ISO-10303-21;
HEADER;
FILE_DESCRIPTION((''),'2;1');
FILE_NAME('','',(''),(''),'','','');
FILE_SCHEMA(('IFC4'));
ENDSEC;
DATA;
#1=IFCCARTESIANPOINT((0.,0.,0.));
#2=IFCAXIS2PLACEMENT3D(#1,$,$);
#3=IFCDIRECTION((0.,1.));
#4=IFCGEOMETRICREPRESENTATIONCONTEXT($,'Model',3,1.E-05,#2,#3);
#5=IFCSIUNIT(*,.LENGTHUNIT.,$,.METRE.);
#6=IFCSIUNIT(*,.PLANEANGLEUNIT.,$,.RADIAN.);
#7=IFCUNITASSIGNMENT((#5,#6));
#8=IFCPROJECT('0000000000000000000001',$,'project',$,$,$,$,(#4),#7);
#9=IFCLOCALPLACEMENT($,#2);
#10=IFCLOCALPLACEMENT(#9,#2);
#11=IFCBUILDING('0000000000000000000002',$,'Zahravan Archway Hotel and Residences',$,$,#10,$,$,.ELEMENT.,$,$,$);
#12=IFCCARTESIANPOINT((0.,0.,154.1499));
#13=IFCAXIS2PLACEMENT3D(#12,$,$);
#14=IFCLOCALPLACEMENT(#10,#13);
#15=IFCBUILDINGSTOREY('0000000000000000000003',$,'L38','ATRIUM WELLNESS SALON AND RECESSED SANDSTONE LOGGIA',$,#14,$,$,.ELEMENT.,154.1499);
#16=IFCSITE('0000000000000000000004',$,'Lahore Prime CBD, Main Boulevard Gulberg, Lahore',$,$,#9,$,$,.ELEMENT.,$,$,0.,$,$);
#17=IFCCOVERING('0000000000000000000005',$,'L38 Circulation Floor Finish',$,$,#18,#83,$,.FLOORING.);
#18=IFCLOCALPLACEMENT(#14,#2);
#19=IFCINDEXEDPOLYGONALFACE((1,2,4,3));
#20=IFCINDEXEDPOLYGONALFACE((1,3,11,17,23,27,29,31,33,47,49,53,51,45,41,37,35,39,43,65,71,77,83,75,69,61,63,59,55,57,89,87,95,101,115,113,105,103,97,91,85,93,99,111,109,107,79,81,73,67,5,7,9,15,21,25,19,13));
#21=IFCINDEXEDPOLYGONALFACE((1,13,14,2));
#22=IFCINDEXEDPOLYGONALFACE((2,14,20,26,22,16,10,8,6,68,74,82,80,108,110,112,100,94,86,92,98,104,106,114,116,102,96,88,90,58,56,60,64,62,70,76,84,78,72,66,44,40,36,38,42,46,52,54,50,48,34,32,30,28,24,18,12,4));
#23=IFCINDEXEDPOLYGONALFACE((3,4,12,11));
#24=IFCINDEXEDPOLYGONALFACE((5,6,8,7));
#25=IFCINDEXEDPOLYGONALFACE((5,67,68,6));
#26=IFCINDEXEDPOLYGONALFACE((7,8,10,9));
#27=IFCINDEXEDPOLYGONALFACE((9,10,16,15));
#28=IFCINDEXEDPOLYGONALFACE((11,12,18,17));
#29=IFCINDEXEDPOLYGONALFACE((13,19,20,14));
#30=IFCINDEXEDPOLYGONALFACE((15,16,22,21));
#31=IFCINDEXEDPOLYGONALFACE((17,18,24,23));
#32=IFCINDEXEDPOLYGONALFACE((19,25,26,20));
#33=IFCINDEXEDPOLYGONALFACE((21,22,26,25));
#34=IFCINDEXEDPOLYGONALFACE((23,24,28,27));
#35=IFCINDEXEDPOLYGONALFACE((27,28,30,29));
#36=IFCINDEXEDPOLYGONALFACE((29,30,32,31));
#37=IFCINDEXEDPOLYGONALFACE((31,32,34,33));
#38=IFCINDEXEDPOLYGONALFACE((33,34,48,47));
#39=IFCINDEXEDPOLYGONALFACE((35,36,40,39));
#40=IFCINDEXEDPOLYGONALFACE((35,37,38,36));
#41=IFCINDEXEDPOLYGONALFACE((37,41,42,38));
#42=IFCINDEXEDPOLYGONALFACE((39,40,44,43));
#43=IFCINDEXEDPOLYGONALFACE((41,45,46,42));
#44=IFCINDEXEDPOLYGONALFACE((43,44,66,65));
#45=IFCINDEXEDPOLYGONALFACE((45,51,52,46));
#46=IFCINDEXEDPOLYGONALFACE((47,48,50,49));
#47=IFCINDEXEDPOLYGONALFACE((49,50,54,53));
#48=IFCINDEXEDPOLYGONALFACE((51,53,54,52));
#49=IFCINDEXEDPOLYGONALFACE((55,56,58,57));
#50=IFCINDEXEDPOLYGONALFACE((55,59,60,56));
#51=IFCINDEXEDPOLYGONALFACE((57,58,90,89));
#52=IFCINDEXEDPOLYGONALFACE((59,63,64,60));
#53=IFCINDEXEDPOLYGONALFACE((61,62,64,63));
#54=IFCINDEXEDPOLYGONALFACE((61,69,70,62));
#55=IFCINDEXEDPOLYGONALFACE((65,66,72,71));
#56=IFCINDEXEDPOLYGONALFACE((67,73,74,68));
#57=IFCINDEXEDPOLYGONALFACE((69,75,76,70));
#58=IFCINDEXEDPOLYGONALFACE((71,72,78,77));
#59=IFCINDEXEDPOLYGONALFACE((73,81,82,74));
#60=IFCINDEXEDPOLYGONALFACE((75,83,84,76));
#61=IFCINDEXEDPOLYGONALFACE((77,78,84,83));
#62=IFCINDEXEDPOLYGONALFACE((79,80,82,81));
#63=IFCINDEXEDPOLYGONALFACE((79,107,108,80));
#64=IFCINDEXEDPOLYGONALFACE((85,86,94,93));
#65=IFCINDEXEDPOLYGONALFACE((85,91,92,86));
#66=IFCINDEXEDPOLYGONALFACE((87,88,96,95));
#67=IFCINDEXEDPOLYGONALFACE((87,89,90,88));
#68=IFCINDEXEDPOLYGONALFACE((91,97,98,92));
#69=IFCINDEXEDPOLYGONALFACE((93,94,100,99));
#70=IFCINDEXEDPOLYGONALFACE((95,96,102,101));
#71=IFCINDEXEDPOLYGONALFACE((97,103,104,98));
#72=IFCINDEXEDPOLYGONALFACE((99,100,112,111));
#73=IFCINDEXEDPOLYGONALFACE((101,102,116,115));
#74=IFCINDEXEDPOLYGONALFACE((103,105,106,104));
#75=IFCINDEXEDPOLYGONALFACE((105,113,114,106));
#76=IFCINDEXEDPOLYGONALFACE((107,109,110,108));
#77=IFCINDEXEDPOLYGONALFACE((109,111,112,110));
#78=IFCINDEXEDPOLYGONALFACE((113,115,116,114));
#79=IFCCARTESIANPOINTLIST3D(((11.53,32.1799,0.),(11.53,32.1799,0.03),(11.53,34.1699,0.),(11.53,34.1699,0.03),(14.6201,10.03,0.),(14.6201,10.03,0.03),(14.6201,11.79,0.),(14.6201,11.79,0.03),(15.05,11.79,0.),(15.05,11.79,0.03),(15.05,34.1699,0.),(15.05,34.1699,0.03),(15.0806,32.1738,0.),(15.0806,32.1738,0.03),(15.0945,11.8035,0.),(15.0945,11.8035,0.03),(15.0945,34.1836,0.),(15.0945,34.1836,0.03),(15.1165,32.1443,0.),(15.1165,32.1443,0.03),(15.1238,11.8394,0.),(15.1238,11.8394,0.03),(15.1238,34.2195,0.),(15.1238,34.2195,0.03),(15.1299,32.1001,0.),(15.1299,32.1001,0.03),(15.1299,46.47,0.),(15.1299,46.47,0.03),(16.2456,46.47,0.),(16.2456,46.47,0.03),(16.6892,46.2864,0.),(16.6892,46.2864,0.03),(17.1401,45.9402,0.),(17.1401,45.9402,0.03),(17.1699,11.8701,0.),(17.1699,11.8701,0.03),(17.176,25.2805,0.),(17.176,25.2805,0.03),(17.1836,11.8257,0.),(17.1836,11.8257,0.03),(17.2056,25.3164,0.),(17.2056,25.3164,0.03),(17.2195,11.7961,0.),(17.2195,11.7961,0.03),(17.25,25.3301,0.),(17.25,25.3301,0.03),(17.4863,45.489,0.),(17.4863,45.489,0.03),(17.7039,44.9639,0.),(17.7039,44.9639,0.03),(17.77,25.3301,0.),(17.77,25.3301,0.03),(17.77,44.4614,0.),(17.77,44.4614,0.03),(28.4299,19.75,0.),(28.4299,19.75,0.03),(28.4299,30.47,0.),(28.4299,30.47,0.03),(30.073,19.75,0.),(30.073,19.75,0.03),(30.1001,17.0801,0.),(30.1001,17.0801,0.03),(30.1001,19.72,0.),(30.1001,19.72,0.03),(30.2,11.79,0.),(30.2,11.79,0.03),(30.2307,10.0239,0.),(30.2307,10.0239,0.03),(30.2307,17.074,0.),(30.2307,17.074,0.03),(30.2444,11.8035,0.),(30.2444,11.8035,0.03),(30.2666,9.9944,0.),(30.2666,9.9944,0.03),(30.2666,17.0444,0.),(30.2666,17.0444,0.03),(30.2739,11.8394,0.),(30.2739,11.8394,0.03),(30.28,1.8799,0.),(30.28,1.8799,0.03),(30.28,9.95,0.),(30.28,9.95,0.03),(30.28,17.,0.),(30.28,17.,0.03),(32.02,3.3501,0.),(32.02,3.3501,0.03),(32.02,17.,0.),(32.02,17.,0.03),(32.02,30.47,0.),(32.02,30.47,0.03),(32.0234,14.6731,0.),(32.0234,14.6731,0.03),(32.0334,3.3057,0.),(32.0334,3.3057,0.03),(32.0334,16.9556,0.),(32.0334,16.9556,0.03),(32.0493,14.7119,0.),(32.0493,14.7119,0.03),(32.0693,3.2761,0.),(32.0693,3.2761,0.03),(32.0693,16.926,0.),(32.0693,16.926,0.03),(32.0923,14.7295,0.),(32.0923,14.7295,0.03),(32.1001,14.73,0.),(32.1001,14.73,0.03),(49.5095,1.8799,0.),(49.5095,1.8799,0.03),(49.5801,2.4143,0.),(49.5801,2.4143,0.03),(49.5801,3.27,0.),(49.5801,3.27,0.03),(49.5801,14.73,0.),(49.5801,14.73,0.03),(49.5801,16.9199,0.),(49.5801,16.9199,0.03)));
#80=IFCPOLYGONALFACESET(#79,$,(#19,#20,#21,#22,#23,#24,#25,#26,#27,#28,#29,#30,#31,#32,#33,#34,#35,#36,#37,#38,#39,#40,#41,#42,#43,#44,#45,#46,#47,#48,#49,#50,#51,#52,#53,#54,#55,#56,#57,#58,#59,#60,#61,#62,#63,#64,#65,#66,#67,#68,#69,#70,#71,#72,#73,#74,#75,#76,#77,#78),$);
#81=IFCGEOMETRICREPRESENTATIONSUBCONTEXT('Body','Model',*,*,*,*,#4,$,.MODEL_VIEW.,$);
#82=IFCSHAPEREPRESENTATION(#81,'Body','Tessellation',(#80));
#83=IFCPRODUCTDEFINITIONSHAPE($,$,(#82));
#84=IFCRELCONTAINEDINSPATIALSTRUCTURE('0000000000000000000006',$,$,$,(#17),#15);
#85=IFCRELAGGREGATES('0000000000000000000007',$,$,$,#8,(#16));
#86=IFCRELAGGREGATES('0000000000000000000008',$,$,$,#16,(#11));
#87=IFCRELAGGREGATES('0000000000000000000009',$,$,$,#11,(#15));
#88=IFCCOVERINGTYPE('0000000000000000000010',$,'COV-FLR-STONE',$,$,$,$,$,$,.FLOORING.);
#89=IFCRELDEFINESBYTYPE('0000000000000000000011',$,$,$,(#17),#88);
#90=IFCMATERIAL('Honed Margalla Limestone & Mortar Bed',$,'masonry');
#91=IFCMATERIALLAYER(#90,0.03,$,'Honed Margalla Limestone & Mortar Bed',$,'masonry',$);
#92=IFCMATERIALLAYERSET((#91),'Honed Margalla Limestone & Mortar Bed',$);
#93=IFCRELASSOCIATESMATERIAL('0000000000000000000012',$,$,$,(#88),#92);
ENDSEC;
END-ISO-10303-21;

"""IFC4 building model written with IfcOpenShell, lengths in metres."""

from ifc_helpers import new_model, si_unit, direction, frame, origin, place, context, subcontext, project, spatial, polyline, outline, extrude, material, layer, layer_set, type_object, element, save


model = new_model("IFC4")

# Units and contexts
model_context = context("Model", 3, precision=1e-05, world=origin(), true_north=direction((0.0, 1.0)))
body_context = subcontext(model_context, "Body", "Model", "MODEL_VIEW")
ifc_project = project(units=[si_unit("LENGTHUNIT", "METRE"), si_unit("PLANEANGLEUNIT", "RADIAN")], contexts=[model_context])

# Site, building, storey
site_placement = place(None, origin())
site = spatial("IfcSite", under=ifc_project, at=site_placement, Name="Lahore Prime CBD, Main Boulevard Gulberg, Lahore", CompositionType="ELEMENT", RefElevation=0.0)
building_placement = place(site_placement, origin())
building = spatial("IfcBuilding", under=site, at=building_placement, Name="Zahravan Archway Hotel and Residences", CompositionType="ELEMENT")
storey_placement = place(building_placement, frame((0.0, 0.0, 154.1499)))
storey = spatial("IfcBuildingStorey", under=building, at=storey_placement, Name="L38", Description="ATRIUM WELLNESS SALON AND RECESSED SANDSTONE LOGGIA", CompositionType="ELEMENT", Elevation=154.1499)

# Covering
ifc_material_1 = material(Name="Honed Margalla Limestone & Mortar Bed", Category="masonry")
ifc_layer_1 = layer(ifc_material_1, 0.03, Name="Honed Margalla Limestone & Mortar Bed", Category="masonry")
ifc_layer_set_1 = layer_set([ifc_layer_1], Name="Honed Margalla Limestone & Mortar Bed")
covering_type_1 = type_object("IfcCoveringType", Name="COV-FLR-STONE", PredefinedType="FLOORING", material=ifc_layer_set_1)
covering_1_placement = place(storey_placement, origin())
element("IfcCovering", 1, at=covering_1_placement, inside=storey, type_object=covering_type_1, Name="L38 Circulation Floor Finish", PredefinedType="FLOORING", context=body_context, shape_type="SweptSolid", body=[
    extrude(outline(polyline([(32.0923, 14.7295), (32.0493, 14.7119), (32.0234, 14.6731), (32.02, 3.3501), (32.0334, 3.3057), (32.0693, 3.2761), (49.5801, 3.27), (49.5801, 2.4143), (49.5095, 1.8799), (30.28, 1.8799), (30.28, 9.95), (30.2666, 9.9944), (30.2307, 10.0239), (14.6201, 10.03), (14.6201, 11.79), (15.05, 11.79), (15.0945, 11.8035), (15.1238, 11.8394), (15.1299, 32.1001), (15.1165, 32.1443), (15.0806, 32.1738), (11.53, 32.1799), (11.53, 34.1699), (15.05, 34.1699), (15.0945, 34.1836), (15.1238, 34.2195), (15.1299, 46.47), (16.2456, 46.47), (16.6892, 46.2864), (17.1401, 45.9402), (17.4863, 45.489), (17.7039, 44.9639), (17.77, 44.4614), (17.77, 25.3301), (17.25, 25.3301), (17.2056, 25.3164), (17.176, 25.2805), (17.1699, 11.8701), (17.1836, 11.8257), (17.2195, 11.7961), (30.2, 11.79), (30.2444, 11.8035), (30.2739, 11.8394), (30.28, 17.0), (30.2666, 17.0444), (30.2307, 17.074), (30.1001, 17.0801), (30.1001, 19.72), (30.073, 19.75), (28.4299, 19.75), (28.4299, 30.47), (32.02, 30.47), (32.02, 17.0), (32.0334, 16.9556), (32.0693, 16.926), (49.5801, 16.9199), (49.5801, 14.73), (32.1001, 14.73), (32.0923, 14.7295)])), origin(), (0.0, 0.0, 1.0), 0.03),
])

save(model, "model.ifc")
